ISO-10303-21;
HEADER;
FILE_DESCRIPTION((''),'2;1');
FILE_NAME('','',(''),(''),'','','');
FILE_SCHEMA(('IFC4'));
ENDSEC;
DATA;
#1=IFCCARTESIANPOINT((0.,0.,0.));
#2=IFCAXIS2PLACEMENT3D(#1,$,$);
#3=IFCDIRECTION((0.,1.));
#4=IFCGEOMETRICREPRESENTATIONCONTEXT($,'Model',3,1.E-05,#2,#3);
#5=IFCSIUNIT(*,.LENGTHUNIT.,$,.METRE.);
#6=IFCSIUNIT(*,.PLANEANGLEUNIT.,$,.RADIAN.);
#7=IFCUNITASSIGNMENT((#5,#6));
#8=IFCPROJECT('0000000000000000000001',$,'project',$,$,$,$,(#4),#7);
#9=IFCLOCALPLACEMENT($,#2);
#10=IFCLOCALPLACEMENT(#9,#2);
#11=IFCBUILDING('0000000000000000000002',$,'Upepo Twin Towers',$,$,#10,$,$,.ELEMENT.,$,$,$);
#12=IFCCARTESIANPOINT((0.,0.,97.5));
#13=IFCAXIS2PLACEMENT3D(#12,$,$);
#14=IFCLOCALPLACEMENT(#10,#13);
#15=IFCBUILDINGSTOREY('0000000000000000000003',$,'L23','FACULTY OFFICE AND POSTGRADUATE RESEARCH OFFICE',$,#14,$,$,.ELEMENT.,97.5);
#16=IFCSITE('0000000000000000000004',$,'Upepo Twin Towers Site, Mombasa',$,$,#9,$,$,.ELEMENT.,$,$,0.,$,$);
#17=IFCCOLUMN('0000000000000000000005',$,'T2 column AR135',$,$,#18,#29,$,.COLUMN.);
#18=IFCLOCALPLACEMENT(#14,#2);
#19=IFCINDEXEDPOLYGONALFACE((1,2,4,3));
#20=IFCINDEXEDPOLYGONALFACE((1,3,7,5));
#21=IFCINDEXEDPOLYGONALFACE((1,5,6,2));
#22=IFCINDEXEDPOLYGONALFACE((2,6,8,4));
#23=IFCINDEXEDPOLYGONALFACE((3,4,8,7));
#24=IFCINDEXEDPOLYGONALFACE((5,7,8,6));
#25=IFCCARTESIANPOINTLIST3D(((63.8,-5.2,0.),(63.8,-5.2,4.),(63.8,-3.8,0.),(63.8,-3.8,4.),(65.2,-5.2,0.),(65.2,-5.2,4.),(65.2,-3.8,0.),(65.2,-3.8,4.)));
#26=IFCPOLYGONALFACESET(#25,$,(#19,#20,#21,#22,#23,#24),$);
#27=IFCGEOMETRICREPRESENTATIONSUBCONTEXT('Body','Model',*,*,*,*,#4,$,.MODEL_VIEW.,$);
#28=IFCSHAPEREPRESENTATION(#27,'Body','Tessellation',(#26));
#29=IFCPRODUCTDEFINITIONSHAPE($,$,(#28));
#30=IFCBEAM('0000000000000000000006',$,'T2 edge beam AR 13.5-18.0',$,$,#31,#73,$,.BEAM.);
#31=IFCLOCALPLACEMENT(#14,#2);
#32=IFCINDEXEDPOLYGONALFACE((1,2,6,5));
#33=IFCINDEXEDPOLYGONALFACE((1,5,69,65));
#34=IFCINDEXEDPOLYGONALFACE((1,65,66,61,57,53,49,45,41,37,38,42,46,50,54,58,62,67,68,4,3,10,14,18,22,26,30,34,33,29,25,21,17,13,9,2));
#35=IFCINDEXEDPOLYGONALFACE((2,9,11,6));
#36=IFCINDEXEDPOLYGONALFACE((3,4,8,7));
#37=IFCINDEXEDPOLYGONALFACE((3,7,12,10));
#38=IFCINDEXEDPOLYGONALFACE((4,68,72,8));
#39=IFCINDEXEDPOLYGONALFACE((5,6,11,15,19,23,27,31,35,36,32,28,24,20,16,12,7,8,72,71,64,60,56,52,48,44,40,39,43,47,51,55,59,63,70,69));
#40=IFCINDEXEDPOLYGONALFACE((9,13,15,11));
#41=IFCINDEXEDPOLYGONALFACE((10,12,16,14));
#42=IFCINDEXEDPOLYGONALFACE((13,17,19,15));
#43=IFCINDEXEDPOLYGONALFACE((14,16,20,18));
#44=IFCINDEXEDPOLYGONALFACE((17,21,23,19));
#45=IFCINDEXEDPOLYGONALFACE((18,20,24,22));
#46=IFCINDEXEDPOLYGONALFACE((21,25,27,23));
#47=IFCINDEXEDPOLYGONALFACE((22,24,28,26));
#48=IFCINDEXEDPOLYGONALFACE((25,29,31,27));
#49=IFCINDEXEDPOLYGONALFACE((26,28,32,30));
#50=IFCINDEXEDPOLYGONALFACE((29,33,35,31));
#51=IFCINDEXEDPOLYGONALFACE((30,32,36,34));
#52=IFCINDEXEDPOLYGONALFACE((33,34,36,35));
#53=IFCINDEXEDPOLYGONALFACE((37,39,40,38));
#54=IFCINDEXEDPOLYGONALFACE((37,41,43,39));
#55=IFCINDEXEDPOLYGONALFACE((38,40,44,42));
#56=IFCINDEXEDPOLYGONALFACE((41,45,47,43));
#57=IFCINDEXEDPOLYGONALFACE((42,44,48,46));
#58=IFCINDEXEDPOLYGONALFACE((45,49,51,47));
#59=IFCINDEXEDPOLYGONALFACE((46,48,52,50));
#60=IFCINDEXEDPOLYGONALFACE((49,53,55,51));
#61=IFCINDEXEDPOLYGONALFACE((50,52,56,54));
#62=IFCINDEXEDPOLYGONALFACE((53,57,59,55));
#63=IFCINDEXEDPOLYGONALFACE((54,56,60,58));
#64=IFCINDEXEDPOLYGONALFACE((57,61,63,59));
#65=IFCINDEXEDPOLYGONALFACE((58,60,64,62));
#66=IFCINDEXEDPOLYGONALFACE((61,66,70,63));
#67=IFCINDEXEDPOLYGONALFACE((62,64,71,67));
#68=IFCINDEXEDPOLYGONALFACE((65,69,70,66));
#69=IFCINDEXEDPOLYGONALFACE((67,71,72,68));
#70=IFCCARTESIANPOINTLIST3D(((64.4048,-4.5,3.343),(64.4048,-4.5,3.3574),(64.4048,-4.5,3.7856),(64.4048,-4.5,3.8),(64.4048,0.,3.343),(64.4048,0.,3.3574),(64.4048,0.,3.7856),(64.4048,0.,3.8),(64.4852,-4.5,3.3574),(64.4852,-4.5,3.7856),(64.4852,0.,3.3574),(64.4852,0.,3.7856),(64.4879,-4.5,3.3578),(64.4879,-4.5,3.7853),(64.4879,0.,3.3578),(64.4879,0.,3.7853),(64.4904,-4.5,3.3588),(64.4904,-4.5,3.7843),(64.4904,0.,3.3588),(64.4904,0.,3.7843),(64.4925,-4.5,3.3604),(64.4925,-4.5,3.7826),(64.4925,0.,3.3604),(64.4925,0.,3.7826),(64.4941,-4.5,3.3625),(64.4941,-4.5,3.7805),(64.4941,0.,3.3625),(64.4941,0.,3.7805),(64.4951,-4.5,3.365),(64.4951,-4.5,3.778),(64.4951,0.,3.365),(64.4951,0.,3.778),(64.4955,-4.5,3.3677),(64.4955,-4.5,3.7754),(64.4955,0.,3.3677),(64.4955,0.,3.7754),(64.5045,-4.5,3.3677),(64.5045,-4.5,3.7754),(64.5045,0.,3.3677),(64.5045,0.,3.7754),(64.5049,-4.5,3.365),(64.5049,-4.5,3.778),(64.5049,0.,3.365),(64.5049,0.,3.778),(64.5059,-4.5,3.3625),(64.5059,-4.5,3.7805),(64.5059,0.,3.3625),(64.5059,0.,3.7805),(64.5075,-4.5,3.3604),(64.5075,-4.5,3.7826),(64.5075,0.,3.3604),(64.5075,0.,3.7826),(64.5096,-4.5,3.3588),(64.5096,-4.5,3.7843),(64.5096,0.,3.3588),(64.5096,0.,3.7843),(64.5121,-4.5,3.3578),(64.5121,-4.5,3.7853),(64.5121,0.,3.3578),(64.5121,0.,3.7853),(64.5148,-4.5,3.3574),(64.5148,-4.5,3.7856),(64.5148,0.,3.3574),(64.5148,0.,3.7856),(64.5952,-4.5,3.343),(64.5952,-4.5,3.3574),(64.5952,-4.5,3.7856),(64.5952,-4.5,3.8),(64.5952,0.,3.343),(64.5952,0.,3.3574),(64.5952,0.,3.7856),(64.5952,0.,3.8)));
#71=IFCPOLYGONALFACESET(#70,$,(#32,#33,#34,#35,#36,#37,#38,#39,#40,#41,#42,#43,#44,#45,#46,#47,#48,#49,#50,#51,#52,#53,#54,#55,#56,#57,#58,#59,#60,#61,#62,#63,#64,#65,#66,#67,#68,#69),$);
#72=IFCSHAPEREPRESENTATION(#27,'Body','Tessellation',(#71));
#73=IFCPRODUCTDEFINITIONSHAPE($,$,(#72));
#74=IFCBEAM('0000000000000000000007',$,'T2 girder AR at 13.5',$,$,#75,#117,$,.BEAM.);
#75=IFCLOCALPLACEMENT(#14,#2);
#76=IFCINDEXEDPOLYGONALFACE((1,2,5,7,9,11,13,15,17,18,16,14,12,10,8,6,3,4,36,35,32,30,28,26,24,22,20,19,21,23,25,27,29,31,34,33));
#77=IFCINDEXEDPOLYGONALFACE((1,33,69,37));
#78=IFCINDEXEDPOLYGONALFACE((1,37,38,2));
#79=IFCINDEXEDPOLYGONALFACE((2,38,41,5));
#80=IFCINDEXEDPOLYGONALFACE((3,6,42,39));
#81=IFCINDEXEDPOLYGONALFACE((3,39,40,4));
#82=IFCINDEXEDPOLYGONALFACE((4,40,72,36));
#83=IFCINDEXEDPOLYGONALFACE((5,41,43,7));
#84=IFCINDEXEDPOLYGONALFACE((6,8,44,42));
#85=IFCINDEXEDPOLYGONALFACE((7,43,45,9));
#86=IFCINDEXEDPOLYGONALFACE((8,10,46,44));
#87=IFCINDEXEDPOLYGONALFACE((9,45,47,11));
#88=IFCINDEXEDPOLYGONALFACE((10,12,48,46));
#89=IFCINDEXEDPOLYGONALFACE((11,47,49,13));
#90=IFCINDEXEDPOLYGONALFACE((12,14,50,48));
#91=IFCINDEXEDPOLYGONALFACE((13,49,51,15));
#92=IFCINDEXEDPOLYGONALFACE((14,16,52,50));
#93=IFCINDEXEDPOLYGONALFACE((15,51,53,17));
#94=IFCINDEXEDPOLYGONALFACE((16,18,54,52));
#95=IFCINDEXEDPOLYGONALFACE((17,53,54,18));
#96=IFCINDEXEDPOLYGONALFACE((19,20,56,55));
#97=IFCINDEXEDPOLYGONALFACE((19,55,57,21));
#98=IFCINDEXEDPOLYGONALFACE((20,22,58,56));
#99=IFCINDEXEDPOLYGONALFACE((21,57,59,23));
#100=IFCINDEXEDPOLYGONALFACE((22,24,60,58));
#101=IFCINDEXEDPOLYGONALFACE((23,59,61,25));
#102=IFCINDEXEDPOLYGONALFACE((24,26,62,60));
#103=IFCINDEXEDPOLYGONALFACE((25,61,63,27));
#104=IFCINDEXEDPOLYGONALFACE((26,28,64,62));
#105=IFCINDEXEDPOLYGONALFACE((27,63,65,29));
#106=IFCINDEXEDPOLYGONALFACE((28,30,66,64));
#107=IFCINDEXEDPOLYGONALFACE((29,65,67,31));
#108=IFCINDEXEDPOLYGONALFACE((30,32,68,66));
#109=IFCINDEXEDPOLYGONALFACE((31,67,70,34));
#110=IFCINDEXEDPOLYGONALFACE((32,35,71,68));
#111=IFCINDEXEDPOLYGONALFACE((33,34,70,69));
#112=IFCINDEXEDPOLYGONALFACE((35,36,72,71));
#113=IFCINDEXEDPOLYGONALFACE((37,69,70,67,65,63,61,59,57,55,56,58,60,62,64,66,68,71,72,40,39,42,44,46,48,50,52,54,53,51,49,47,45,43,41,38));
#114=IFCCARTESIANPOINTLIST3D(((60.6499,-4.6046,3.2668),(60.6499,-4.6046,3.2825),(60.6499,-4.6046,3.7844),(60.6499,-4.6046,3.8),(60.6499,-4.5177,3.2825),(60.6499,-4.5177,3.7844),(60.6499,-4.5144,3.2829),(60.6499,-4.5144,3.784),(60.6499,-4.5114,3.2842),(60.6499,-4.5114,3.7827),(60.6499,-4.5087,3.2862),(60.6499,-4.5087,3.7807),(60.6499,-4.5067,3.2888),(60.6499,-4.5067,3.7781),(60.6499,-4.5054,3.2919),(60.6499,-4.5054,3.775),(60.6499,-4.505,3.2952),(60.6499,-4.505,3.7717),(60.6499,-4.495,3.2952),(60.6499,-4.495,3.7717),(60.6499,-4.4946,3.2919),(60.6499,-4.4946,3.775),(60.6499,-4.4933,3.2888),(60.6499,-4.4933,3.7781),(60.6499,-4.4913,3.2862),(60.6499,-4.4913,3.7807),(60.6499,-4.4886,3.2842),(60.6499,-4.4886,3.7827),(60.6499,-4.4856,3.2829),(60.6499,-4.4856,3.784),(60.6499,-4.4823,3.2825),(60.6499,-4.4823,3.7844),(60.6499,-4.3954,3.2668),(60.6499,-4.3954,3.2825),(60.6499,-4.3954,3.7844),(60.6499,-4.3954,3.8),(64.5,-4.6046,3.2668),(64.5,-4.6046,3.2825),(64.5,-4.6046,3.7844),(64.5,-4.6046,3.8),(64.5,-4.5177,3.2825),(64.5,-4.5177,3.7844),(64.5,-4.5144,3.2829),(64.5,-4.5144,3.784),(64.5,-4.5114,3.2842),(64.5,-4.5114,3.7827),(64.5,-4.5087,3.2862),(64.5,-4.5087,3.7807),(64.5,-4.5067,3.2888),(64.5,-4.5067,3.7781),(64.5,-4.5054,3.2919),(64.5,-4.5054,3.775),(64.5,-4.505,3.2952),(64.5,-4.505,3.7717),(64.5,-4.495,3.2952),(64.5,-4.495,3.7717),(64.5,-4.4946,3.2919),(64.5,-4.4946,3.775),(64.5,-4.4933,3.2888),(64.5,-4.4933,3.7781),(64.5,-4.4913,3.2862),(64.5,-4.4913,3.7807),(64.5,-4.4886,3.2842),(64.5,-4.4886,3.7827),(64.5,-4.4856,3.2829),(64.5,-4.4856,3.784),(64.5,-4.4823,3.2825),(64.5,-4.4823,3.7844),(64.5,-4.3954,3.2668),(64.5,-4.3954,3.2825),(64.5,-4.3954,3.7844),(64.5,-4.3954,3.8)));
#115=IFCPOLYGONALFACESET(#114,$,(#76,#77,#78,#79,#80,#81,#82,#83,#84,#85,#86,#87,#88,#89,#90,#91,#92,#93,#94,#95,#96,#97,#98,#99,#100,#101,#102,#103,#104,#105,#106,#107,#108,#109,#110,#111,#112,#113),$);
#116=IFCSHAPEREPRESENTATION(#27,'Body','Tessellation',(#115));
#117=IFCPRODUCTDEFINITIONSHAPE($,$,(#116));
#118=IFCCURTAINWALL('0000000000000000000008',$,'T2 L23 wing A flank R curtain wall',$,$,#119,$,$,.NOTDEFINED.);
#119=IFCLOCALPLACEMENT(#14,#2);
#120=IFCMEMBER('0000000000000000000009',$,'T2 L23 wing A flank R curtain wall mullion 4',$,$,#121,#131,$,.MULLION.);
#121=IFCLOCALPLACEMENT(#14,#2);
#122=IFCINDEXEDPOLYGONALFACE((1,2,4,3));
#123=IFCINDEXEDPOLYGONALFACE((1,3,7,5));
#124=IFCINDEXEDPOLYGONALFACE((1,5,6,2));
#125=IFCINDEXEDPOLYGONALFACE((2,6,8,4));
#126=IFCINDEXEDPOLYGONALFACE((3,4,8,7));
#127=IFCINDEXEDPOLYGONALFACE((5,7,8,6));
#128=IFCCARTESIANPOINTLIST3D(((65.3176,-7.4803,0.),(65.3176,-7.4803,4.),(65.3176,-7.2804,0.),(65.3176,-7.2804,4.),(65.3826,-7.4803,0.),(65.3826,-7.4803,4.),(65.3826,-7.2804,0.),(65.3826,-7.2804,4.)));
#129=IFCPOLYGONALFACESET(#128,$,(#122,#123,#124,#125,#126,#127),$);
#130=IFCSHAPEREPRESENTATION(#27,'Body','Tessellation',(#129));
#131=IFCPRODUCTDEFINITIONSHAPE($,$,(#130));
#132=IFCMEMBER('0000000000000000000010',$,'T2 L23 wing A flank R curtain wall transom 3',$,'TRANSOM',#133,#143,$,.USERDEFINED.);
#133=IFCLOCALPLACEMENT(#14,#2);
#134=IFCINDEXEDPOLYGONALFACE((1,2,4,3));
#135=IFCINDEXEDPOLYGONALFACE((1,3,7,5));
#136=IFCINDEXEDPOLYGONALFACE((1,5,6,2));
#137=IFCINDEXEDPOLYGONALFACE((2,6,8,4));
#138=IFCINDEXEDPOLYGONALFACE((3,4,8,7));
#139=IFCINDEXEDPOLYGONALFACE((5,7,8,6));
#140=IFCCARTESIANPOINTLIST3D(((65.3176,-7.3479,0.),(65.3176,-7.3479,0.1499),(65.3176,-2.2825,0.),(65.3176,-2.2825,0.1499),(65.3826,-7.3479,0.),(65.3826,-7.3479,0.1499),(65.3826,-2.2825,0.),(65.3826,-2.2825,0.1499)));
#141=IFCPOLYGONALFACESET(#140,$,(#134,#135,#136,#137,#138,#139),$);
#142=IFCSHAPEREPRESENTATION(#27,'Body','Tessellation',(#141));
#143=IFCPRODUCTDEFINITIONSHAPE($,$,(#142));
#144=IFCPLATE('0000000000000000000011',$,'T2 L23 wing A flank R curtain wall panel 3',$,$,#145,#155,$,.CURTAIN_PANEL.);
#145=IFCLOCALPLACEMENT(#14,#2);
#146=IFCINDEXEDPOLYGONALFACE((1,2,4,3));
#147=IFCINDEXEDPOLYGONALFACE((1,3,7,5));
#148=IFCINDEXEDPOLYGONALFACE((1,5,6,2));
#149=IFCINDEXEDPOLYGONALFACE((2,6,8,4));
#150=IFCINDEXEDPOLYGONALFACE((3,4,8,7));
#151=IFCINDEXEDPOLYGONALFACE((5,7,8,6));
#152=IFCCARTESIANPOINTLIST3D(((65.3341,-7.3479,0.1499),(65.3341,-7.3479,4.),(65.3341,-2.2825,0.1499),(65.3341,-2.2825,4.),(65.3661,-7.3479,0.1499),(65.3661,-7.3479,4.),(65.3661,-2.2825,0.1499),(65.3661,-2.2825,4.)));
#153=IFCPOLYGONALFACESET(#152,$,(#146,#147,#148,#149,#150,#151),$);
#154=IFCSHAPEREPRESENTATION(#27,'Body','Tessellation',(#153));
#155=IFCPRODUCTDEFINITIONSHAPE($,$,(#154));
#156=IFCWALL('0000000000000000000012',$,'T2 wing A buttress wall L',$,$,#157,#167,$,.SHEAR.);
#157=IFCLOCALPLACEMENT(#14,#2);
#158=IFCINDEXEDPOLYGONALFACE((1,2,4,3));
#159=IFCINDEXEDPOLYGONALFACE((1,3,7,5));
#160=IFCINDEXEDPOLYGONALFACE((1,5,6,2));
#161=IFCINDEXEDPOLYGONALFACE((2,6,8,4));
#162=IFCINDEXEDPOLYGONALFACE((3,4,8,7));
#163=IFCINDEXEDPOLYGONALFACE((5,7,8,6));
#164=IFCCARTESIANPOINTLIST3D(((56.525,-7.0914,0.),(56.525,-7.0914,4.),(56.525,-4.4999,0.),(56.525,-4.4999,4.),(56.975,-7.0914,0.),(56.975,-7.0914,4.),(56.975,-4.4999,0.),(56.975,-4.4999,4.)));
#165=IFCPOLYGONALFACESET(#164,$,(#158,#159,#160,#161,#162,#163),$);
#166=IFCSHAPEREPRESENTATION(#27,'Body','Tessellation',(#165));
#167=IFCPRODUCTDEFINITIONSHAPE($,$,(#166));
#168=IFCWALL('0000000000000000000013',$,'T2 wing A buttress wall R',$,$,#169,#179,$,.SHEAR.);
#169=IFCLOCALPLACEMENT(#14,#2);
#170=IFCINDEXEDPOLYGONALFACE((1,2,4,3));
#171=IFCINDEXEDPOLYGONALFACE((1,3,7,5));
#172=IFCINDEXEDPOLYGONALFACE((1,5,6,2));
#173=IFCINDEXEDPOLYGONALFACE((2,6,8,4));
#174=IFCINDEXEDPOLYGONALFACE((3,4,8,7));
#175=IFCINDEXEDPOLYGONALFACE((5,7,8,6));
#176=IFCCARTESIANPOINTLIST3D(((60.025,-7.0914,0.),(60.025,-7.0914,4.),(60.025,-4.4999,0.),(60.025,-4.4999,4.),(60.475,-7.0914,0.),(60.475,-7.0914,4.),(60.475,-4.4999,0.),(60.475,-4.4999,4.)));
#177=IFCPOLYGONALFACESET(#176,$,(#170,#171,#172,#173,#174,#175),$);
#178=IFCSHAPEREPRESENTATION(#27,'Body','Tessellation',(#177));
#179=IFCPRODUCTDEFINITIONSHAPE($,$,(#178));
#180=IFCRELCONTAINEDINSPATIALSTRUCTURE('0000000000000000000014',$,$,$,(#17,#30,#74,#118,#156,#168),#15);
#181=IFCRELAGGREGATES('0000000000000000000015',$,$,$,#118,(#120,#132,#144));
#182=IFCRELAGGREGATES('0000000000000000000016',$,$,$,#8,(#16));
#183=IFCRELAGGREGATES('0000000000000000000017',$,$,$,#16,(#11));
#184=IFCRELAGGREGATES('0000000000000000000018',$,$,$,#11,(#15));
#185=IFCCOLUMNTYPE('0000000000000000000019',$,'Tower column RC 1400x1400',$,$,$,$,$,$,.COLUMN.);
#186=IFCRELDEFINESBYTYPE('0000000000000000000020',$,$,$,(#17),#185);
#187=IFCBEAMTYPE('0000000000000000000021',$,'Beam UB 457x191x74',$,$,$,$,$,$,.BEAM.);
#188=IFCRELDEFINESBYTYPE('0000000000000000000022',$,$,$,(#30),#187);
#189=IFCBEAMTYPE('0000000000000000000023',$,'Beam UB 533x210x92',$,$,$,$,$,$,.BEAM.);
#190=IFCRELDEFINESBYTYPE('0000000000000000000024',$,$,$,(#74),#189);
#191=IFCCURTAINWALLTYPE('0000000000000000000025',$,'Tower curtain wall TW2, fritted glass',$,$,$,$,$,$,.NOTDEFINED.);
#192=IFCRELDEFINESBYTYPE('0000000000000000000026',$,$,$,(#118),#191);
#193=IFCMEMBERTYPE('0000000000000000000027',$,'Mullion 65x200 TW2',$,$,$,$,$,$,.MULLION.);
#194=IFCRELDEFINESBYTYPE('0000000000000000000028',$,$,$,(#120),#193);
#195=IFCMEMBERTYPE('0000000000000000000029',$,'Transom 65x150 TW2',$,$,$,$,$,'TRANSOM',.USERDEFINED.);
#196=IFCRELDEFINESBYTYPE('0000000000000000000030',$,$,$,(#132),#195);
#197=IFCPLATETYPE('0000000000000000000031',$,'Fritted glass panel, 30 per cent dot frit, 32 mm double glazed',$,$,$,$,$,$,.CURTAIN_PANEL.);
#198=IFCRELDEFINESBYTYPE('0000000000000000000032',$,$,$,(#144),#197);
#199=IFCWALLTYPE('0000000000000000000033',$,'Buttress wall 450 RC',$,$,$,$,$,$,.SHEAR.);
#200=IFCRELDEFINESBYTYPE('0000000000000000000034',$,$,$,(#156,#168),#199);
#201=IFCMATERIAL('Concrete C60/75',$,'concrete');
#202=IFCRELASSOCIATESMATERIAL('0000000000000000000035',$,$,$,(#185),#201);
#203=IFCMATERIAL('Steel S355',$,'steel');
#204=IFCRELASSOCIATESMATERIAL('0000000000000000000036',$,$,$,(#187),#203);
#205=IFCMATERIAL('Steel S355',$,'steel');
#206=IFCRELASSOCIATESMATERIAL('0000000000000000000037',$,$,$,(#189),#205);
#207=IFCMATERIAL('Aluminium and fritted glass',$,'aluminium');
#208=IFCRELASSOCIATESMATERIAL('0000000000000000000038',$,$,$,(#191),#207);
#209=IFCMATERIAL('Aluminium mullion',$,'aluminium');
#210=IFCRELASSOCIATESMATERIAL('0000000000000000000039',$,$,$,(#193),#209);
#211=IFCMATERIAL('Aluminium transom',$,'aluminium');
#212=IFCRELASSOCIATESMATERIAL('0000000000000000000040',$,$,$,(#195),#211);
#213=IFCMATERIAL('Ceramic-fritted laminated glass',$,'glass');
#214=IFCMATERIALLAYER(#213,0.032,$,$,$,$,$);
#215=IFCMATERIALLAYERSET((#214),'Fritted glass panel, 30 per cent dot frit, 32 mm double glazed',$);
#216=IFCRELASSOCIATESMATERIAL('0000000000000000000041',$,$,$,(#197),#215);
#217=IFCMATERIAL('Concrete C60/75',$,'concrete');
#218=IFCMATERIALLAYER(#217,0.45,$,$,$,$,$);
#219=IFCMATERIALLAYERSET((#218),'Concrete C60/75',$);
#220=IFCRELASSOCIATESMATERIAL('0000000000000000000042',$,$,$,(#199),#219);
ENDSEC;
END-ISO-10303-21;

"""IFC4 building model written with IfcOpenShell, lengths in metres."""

from ifc_helpers import new_model, si_unit, direction, frame, frame_2d, origin, origin_2d, place, context, subcontext, project, spatial, rectangle, i_section, extrude, material, layer, layer_set, material_profile, profile_set, type_object, element, aggregate, save


model = new_model("IFC4")

# Units and contexts
model_context = context("Model", 3, precision=1e-05, world=origin(), true_north=direction((0.0, 1.0)))
body_context = subcontext(model_context, "Body", "Model", "MODEL_VIEW")
ifc_project = project(units=[si_unit("LENGTHUNIT", "METRE"), si_unit("PLANEANGLEUNIT", "RADIAN")], contexts=[model_context])

# Site, building, storey
site_placement = place(None, origin())
site = spatial("IfcSite", under=ifc_project, at=site_placement, Name="Upepo Twin Towers Site, Mombasa", CompositionType="ELEMENT", RefElevation=0.0)
building_placement = place(site_placement, origin())
building = spatial("IfcBuilding", under=site, at=building_placement, Name="Upepo Twin Towers", CompositionType="ELEMENT")
storey_placement = place(building_placement, frame((0.0, 0.0, 97.5)))
storey = spatial("IfcBuildingStorey", under=building, at=storey_placement, Name="L23", Description="FACULTY OFFICE AND POSTGRADUATE RESEARCH OFFICE", CompositionType="ELEMENT", Elevation=97.5)

# Column
ifc_material_1 = material(Name="Concrete C60/75", Category="concrete")
ifc_material_profile_1 = material_profile(ifc_material_1, rectangle(XDim=1.3999, YDim=1.3999, at=origin_2d()), Name="RC 1400x1400")
ifc_profile_set_1 = profile_set([ifc_material_profile_1], Name="Concrete C60/75")
column_type = type_object("IfcColumnType", Name="Tower column RC 1400x1400", PredefinedType="COLUMN", material=ifc_profile_set_1)
column_placement = place(storey_placement, frame((64.5, -4.5, 0.0), z_axis=(0.0, 0.0, 1.0), x_axis=(1.0, 0.0, 0.0)))
element("IfcColumn", 1, at=column_placement, inside=storey, type_object=column_type, Name="T2 column AR135", PredefinedType="COLUMN", context=body_context, shape_type="SweptSolid", body=[
    extrude(rectangle(XDim=1.3999, YDim=1.3999, at=origin_2d()), origin(), (0.0, 0.0, 1.0), 4.0),
])

# Beams
ifc_material_2 = material(Name="Steel S355", Category="steel")
ifc_material_profile_2 = material_profile(ifc_material_2, i_section(OverallWidth=0.1904, OverallDepth=0.457, WebThickness=0.009, FlangeThickness=0.0144, FilletRadius=0.0103, at=origin_2d()), Name="UB 457x191x74")
ifc_profile_set_2 = profile_set([ifc_material_profile_2], Name="Steel S355")
beam_type_1 = type_object("IfcBeamType", Name="Beam UB 457x191x74", PredefinedType="BEAM", material=ifc_profile_set_2)
beam_1_placement = place(storey_placement, frame((64.5, -4.5, 3.5715), z_axis=(0.0, 1.0, 0.0), x_axis=(-1.0, 0.0, 0.0)))
element("IfcBeam", 2, at=beam_1_placement, inside=storey, type_object=beam_type_1, Name="T2 edge beam AR 13.5-18.0", PredefinedType="BEAM", context=body_context, shape_type="SweptSolid", body=[
    extrude(i_section(OverallWidth=0.1904, OverallDepth=0.457, WebThickness=0.009, FlangeThickness=0.0144, FilletRadius=0.0103, at=origin_2d()), origin(), (0.0, 0.0, 1.0), 4.5),
])
ifc_material_3 = material(Name="Steel S355", Category="steel")
ifc_material_profile_3 = material_profile(ifc_material_3, i_section(OverallWidth=0.2092, OverallDepth=0.5332, WebThickness=0.01, FlangeThickness=0.0156, FilletRadius=0.0127, at=origin_2d()), Name="UB 533x210x92")
ifc_profile_set_3 = profile_set([ifc_material_profile_3], Name="Steel S355")
beam_type_2 = type_object("IfcBeamType", Name="Beam UB 533x210x92", PredefinedType="BEAM", material=ifc_profile_set_3)
beam_2_placement = place(storey_placement, frame((64.5, -4.5, 3.5334), z_axis=(-1.0, 0.0, 0.0), x_axis=(0.0, -1.0, 0.0)))
element("IfcBeam", 3, at=beam_2_placement, inside=storey, type_object=beam_type_2, Name="T2 girder AR at 13.5", PredefinedType="BEAM", context=body_context, shape_type="SweptSolid", body=[
    extrude(i_section(OverallWidth=0.2092, OverallDepth=0.5332, WebThickness=0.01, FlangeThickness=0.0156, FilletRadius=0.0127, at=origin_2d()), origin(), (0.0, 0.0, 1.0), 3.8501),
])

# Curtain wall, members, plate
ifc_material_4 = material(Name="Aluminium and fritted glass", Category="aluminium")
curtain_wall_type = type_object("IfcCurtainWallType", Name="Tower curtain wall TW2, fritted glass", PredefinedType="NOTDEFINED", material=ifc_material_4)
curtain_wall_placement = place(storey_placement, origin())
curtain_wall = element("IfcCurtainWall", 4, at=curtain_wall_placement, inside=storey, type_object=curtain_wall_type, Name="T2 L23 wing A flank R curtain wall", PredefinedType="NOTDEFINED")
ifc_material_5 = material(Name="Aluminium mullion", Category="aluminium")
ifc_material_profile_4 = material_profile(ifc_material_5, rectangle(XDim=0.0649, YDim=0.2, at=origin_2d()), Name="MULLION 65x200")
ifc_profile_set_4 = profile_set([ifc_material_profile_4], Name="Aluminium mullion")
member_type_1 = type_object("IfcMemberType", Name="Mullion 65x200 TW2", PredefinedType="MULLION", material=ifc_profile_set_4)
member_1_placement = place(storey_placement, frame((65.3501, -7.3804, 0.0), z_axis=(0.0, 0.0, 1.0), x_axis=(1.0, 0.0, 0.0)))
member_1 = element("IfcMember", 5, at=member_1_placement, type_object=member_type_1, Name="T2 L23 wing A flank R curtain wall mullion 4", PredefinedType="MULLION", context=body_context, shape_type="SweptSolid", body=[
    extrude(rectangle(XDim=0.0649, YDim=0.2, at=origin_2d()), origin(), (0.0, 0.0, 1.0), 4.0),
])
ifc_material_6 = material(Name="Aluminium transom", Category="aluminium")
ifc_material_profile_5 = material_profile(ifc_material_6, rectangle(XDim=0.0649, YDim=0.1499, at=origin_2d()), Name="TRANSOM 65x150")
ifc_profile_set_5 = profile_set([ifc_material_profile_5], Name="Aluminium transom")
member_type_2 = type_object("IfcMemberType", Name="Transom 65x150 TW2", ElementType="TRANSOM", PredefinedType="USERDEFINED", material=ifc_profile_set_5)
member_2_placement = place(storey_placement, frame((65.3501, -2.2825, 0.075), z_axis=(0.0, -1.0, 0.0), x_axis=(1.0, 0.0, 0.0)))
member_2 = element("IfcMember", 6, at=member_2_placement, type_object=member_type_2, Name="T2 L23 wing A flank R curtain wall transom 3", ObjectType="TRANSOM", PredefinedType="USERDEFINED", context=body_context, shape_type="SweptSolid", body=[
    extrude(rectangle(XDim=0.0649, YDim=0.1499, at=origin_2d()), origin(), (0.0, 0.0, 1.0), 5.0654),
])
ifc_material_7 = material(Name="Ceramic-fritted laminated glass", Category="glass")
ifc_layer_1 = layer(ifc_material_7, 0.032)
ifc_layer_set_1 = layer_set([ifc_layer_1], Name="Fritted glass panel, 30 per cent dot frit, 32 mm double glazed")
plate_type = type_object("IfcPlateType", Name="Fritted glass panel, 30 per cent dot frit, 32 mm double glazed", PredefinedType="CURTAIN_PANEL", material=ifc_layer_set_1)
plate_placement = place(storey_placement, frame((65.3501, -4.8152, 0.1499), z_axis=(0.0, 0.0, 1.0), x_axis=(0.0, -1.0, 0.0)))
plate = element("IfcPlate", 7, at=plate_placement, type_object=plate_type, Name="T2 L23 wing A flank R curtain wall panel 3", PredefinedType="CURTAIN_PANEL", context=body_context, shape_type="SweptSolid", body=[
    extrude(rectangle(XDim=5.0654, YDim=0.032, at=origin_2d()), origin(), (0.0, 0.0, 1.0), 3.8501),
])
aggregate(curtain_wall, [member_1, member_2, plate])

# Walls
ifc_material_8 = material(Name="Concrete C60/75", Category="concrete")
ifc_layer_2 = layer(ifc_material_8, 0.45)
ifc_layer_set_2 = layer_set([ifc_layer_2], Name="Concrete C60/75")
wall_type_1 = type_object("IfcWallType", Name="Buttress wall 450 RC", PredefinedType="SHEAR", material=ifc_layer_set_2)
for number, where, z_axis, x_axis, name in (
    (8, (56.75, -7.0916, 0.0), (0.0, 0.0, 1.0), (0.0, 1.0, 0.0), "T2 wing A buttress wall L"),
    (9, (60.25, -7.0916, 0.0), (0.0, 0.0, 1.0), (0.0, 1.0, 0.0), "T2 wing A buttress wall R"),
):
    element("IfcWall", number, at=place(storey_placement, frame(where, z_axis=z_axis, x_axis=x_axis)), inside=storey, type_object=wall_type_1, Name=name, PredefinedType="SHEAR", context=body_context, shape_type="SweptSolid", body=[
        extrude(rectangle(XDim=2.5916, YDim=0.45, at=frame_2d((1.2959, 0.0))), origin(), (0.0, 0.0, 1.0), 4.0),
    ])

save(model, "model.ifc")
